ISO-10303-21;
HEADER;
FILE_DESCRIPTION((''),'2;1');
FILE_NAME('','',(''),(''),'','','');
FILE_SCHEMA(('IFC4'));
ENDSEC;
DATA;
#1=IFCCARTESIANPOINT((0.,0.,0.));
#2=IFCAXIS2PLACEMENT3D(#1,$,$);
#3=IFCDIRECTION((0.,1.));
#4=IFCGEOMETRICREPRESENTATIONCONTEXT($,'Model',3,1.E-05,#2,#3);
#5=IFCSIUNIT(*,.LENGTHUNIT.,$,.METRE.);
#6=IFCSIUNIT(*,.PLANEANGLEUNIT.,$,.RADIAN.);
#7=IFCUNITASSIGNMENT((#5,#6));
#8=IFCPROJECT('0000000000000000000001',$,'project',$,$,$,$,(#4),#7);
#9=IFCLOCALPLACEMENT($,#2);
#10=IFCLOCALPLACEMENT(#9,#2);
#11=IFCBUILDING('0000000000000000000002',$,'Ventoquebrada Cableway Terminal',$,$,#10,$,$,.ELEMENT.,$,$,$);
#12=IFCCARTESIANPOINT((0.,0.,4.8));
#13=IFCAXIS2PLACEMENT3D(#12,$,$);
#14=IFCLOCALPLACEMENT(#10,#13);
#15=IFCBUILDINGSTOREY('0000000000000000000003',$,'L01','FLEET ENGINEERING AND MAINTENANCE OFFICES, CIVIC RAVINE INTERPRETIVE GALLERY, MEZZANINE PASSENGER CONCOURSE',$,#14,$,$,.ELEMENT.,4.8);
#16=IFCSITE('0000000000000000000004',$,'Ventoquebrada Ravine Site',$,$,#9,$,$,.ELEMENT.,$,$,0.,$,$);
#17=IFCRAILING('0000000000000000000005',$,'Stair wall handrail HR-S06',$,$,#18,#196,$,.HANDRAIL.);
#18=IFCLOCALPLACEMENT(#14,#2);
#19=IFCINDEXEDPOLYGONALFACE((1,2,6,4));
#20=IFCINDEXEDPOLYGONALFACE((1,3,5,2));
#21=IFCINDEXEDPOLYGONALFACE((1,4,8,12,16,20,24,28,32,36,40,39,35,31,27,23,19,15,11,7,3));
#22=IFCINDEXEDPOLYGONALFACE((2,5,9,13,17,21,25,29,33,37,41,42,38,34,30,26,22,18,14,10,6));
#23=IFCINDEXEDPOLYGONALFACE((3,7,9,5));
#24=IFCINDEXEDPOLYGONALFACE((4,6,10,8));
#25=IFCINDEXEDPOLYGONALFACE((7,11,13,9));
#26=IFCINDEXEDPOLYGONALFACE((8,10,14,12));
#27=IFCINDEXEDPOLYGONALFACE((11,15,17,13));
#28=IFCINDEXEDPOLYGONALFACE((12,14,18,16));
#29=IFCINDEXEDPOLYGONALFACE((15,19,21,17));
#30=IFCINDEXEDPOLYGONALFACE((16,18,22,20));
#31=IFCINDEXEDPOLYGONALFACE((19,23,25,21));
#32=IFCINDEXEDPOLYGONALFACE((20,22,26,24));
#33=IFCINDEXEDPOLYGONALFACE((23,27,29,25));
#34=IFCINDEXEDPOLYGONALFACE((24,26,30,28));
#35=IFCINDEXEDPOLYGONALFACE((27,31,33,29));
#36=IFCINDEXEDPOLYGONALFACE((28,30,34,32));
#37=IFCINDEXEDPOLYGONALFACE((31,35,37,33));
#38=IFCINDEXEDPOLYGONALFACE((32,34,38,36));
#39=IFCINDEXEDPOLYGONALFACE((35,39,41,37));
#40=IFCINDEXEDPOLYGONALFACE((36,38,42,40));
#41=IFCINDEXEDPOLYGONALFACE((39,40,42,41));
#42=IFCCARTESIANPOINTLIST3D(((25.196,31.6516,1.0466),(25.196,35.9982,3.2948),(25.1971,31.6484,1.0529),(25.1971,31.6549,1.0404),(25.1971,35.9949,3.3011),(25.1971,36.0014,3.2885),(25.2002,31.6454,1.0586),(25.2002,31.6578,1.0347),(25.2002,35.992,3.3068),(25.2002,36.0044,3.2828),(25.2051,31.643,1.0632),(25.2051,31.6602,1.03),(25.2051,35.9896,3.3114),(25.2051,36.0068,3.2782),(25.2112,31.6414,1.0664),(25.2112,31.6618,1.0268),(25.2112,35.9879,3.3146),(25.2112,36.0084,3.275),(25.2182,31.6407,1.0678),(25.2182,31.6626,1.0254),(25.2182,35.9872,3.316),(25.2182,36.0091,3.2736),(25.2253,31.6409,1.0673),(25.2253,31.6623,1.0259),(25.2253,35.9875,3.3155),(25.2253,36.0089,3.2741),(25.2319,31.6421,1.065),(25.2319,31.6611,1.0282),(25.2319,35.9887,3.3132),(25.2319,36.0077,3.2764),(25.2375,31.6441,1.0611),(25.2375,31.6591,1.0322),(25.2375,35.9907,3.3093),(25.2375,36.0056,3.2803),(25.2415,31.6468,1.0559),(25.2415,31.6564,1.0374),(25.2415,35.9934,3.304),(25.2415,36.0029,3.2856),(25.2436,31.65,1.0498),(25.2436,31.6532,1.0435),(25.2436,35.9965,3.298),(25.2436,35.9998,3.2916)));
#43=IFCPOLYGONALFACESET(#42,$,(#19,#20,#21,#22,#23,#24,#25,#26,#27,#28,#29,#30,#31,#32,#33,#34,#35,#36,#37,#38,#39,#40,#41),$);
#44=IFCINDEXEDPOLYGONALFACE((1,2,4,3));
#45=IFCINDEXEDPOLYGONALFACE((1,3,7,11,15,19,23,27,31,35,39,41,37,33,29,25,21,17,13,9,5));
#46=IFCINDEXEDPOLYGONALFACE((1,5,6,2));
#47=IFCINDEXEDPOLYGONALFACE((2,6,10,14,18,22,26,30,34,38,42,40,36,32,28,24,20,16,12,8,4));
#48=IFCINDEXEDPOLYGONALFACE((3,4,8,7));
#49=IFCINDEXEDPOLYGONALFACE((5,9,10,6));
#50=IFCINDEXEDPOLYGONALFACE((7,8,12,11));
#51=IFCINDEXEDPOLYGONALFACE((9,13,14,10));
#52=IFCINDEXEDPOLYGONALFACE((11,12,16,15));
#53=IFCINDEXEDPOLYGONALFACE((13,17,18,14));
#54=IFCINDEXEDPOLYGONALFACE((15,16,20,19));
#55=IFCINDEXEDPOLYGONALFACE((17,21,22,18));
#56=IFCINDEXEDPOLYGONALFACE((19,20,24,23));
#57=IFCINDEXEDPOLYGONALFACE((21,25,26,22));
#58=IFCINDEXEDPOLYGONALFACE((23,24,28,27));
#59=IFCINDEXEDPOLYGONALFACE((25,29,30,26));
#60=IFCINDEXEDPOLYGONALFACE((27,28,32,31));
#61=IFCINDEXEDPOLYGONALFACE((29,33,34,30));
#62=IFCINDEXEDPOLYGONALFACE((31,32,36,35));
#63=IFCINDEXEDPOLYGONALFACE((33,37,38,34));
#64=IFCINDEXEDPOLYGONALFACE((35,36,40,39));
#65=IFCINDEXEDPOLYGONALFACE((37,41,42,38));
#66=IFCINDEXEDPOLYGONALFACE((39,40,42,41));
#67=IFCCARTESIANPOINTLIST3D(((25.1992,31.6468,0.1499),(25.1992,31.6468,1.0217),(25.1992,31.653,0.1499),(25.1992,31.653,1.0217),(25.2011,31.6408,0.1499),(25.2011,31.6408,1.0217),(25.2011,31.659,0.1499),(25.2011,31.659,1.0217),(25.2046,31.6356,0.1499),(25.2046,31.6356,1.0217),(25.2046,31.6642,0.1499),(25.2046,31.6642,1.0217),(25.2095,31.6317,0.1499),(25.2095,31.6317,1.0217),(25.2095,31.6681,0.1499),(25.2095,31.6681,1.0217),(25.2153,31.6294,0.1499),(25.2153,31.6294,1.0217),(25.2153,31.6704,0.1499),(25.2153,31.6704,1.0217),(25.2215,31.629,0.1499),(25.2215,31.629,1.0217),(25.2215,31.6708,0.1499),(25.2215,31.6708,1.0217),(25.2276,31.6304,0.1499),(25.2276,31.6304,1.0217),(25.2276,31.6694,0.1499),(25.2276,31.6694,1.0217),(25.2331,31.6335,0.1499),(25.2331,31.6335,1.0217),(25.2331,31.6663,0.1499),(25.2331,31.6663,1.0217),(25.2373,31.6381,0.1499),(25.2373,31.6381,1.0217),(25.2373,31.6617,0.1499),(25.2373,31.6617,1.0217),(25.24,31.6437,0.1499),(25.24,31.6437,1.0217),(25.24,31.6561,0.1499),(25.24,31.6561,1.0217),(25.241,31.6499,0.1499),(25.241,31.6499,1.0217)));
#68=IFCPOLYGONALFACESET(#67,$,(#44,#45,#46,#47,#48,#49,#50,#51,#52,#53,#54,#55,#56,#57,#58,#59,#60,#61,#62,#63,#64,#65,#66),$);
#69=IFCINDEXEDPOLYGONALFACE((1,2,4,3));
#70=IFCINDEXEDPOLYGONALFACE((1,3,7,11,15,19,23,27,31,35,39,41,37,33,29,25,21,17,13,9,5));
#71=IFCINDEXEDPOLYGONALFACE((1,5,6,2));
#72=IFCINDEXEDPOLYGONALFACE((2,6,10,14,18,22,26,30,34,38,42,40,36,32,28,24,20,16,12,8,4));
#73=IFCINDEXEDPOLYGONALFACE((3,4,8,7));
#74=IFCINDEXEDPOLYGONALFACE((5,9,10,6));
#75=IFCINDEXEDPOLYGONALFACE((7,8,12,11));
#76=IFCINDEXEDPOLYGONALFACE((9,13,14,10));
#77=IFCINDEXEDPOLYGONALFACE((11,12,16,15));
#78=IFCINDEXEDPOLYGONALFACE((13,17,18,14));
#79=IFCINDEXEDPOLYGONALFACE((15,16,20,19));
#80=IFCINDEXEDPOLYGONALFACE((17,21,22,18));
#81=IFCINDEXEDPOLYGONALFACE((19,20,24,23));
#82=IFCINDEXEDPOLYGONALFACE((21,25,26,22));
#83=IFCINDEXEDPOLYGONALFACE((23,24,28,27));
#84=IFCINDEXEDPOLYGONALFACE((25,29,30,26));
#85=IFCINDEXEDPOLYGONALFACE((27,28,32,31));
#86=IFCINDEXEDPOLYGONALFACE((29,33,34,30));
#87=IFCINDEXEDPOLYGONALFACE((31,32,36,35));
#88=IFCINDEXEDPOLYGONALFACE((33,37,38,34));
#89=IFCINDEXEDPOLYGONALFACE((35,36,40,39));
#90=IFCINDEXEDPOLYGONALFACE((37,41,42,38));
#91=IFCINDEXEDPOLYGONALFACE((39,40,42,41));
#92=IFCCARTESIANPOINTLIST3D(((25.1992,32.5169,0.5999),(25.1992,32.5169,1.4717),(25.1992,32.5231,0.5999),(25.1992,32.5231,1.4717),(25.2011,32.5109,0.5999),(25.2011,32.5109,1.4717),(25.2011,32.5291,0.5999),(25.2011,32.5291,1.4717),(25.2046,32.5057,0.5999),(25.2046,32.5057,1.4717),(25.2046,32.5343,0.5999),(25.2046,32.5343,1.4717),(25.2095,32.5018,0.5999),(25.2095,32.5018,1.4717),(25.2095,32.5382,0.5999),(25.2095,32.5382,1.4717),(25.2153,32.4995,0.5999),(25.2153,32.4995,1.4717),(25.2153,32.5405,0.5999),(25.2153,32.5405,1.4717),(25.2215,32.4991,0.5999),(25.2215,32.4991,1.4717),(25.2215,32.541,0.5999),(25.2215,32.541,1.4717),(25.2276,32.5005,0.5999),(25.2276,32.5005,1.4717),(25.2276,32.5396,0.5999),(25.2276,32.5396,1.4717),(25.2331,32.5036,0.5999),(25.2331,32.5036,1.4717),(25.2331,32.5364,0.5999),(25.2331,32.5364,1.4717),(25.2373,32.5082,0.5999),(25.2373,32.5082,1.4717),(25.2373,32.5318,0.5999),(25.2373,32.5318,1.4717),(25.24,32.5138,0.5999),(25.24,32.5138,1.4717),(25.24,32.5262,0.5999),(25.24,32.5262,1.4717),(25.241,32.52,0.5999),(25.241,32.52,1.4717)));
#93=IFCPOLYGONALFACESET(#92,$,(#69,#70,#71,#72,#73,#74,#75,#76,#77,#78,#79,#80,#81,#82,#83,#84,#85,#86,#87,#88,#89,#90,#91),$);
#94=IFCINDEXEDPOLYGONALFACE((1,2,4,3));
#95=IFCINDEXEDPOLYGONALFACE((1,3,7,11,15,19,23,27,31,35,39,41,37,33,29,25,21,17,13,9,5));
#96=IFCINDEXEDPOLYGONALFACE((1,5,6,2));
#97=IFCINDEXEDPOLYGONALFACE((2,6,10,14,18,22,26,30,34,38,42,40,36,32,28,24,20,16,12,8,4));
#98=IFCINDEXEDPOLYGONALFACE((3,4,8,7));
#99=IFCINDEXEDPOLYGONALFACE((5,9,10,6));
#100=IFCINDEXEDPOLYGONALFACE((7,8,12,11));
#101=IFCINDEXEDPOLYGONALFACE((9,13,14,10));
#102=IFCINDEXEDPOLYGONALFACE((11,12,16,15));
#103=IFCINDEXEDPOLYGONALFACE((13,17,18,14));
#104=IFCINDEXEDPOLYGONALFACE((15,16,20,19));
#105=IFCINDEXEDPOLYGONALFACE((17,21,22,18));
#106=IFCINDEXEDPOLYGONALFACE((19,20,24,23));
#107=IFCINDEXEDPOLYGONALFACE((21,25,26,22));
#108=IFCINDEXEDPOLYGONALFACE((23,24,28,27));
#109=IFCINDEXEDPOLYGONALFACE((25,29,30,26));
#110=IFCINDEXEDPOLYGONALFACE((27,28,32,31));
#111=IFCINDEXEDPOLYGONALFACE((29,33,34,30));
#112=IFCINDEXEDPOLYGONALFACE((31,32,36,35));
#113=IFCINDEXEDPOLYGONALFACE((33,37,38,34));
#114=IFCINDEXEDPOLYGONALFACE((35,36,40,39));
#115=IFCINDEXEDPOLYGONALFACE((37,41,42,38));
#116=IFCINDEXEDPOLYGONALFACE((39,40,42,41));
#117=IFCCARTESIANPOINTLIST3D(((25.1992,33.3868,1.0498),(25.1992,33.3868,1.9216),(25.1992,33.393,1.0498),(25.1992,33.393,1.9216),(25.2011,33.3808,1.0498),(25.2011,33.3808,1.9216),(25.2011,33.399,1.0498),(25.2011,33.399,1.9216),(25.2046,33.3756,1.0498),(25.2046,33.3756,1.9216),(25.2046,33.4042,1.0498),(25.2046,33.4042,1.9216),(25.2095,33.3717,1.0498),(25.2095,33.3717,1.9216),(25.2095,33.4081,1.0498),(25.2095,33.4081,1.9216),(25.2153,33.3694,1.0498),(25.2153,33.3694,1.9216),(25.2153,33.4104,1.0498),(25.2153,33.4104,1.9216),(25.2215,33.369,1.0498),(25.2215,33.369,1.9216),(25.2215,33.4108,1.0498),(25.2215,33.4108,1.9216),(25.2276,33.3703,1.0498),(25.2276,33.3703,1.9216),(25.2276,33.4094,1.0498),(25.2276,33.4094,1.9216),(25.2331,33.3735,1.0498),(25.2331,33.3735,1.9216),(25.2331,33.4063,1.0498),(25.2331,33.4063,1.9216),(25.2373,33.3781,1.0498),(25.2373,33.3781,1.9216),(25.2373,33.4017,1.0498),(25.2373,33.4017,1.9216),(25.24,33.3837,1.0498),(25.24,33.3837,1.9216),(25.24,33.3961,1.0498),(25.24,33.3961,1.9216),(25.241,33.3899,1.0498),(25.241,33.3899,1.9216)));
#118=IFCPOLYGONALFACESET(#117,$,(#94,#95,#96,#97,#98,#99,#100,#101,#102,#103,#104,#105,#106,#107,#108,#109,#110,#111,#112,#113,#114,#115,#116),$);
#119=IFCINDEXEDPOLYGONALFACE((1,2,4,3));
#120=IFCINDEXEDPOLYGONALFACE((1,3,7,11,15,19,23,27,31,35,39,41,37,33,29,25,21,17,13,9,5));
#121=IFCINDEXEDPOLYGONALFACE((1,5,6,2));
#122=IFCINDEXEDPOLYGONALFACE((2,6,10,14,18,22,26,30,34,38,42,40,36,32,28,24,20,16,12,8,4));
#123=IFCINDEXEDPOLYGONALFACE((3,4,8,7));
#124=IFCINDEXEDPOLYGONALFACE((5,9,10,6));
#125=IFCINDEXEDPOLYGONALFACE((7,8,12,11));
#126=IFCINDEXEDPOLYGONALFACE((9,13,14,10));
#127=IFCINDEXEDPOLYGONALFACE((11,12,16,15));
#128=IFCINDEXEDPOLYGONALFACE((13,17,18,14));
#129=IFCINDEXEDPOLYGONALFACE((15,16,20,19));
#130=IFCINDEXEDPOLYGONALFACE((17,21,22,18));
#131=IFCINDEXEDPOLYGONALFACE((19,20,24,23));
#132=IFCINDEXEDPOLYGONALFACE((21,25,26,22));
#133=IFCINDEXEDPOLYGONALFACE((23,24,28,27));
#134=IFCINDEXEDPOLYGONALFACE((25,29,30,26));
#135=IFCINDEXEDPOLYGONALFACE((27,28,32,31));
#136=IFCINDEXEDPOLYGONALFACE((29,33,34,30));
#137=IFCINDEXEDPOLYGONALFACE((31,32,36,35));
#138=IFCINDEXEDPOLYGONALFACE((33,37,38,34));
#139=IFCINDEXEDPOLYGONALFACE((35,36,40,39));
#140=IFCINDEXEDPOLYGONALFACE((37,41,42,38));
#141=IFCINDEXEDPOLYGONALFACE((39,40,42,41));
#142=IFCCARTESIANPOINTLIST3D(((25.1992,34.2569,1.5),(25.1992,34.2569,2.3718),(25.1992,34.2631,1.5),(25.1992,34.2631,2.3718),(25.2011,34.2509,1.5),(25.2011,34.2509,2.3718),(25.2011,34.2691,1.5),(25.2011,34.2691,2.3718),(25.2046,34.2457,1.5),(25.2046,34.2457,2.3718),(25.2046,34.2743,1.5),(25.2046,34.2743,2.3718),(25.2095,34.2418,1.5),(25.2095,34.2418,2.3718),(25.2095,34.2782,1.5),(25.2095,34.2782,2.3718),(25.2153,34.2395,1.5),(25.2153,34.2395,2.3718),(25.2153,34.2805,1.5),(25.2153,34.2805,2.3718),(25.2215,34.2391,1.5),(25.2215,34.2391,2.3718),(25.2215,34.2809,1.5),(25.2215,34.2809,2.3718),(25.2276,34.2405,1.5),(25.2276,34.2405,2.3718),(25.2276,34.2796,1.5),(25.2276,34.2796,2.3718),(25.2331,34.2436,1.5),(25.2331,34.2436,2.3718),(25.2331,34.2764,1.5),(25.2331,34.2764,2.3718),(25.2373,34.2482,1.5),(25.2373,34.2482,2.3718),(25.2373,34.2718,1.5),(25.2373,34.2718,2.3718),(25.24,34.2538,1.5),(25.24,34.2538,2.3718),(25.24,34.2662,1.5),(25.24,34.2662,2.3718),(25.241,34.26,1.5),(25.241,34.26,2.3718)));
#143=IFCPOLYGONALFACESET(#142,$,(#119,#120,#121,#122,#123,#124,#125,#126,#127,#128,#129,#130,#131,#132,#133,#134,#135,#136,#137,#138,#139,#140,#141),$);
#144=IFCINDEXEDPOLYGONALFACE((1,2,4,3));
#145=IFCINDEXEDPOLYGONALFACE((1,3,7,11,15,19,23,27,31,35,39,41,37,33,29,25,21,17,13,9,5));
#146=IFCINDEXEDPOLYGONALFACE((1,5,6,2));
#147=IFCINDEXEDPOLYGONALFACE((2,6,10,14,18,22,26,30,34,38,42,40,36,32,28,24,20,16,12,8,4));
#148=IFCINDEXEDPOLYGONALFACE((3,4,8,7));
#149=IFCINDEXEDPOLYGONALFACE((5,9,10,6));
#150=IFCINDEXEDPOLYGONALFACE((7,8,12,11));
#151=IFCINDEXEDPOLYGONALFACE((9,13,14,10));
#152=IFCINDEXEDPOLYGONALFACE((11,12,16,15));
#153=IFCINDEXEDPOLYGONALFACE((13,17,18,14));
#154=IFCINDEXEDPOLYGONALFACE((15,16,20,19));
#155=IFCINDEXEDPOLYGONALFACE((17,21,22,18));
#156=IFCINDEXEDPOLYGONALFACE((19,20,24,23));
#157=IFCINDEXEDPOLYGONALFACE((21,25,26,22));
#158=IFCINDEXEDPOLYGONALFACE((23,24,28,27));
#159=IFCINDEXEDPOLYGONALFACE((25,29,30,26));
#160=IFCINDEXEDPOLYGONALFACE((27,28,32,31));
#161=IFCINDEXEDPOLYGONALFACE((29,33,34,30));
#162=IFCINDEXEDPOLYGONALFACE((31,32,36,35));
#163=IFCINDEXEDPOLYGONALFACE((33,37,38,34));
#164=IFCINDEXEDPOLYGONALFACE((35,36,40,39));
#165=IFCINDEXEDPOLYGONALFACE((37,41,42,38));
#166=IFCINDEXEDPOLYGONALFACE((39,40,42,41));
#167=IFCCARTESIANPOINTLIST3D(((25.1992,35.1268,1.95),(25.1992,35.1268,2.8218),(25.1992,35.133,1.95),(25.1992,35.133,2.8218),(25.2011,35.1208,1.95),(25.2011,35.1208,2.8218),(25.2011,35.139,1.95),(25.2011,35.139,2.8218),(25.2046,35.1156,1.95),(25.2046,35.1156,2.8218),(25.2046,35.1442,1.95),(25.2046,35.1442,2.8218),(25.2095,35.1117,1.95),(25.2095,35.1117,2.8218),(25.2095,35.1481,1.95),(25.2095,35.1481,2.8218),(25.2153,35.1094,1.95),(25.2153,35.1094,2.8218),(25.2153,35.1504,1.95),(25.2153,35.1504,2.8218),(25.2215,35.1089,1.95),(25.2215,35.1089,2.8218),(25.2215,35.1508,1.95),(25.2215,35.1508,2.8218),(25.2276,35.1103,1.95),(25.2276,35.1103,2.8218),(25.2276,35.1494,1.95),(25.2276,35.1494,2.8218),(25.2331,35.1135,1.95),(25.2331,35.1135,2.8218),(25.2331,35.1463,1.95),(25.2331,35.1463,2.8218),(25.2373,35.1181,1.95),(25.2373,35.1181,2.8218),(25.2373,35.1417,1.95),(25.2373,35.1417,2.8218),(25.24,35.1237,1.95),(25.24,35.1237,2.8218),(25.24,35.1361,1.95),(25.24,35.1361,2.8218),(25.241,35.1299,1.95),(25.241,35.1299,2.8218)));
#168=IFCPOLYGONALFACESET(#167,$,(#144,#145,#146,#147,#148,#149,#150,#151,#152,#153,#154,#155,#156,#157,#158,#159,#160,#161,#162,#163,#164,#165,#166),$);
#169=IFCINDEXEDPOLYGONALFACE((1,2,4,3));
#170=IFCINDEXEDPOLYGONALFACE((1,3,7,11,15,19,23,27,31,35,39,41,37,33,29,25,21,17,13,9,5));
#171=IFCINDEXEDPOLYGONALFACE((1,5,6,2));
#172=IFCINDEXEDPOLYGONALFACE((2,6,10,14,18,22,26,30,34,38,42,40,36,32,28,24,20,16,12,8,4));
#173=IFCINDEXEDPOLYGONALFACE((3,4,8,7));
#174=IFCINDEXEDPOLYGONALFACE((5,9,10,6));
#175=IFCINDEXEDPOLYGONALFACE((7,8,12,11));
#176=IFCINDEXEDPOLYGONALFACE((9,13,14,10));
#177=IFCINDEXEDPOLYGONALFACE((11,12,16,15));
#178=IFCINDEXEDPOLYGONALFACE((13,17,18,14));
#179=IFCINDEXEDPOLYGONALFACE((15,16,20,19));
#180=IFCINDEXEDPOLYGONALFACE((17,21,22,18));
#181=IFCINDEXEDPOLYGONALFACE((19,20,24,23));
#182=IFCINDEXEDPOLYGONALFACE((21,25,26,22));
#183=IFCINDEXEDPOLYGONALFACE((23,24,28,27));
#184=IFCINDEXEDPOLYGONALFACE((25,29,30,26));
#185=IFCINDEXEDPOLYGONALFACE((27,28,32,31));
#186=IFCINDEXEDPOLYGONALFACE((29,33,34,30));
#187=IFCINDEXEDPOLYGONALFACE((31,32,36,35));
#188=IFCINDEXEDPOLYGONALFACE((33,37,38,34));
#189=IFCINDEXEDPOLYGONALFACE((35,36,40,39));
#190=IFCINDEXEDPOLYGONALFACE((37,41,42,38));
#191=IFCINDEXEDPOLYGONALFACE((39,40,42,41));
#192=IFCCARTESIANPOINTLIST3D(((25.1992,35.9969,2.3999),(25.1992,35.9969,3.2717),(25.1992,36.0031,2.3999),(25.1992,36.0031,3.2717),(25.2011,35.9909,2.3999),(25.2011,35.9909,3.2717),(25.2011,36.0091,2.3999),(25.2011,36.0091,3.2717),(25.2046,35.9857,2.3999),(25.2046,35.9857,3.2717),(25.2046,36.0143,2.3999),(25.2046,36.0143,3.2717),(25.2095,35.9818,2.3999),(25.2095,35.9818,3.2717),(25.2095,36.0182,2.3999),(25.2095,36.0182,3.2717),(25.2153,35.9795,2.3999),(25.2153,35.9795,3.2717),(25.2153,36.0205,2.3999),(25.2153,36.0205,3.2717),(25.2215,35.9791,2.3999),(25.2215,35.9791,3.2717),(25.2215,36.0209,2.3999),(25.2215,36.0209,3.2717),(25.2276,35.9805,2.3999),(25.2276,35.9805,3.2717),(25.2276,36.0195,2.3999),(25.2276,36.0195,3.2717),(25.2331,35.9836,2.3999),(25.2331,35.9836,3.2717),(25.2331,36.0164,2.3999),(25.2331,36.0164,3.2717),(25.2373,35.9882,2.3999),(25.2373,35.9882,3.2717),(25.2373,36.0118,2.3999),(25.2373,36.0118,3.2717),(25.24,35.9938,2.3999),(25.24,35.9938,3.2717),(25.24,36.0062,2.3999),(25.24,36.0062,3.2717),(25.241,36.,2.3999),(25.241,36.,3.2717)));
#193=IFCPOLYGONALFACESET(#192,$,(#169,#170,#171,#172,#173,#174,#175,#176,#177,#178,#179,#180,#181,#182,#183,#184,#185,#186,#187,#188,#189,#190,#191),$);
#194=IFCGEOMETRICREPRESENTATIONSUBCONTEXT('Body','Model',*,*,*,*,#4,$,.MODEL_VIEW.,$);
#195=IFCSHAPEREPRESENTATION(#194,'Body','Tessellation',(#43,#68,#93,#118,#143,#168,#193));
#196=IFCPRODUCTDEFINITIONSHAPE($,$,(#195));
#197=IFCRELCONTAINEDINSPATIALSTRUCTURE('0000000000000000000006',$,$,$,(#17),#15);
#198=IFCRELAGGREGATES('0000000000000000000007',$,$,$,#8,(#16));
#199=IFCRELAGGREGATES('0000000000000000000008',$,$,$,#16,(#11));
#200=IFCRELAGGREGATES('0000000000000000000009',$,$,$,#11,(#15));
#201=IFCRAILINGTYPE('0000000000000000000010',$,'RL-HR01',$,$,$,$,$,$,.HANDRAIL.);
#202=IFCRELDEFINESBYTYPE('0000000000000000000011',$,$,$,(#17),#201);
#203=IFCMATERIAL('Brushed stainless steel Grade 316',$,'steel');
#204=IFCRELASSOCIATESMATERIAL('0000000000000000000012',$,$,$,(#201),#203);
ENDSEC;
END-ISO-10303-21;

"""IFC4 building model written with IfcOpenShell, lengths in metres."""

from ifc_helpers import new_model, si_unit, direction, frame, origin, origin_2d, place, context, subcontext, project, spatial, circle, extrude, material, type_object, element, save


model = new_model("IFC4")

# Units and contexts
model_context = context("Model", 3, precision=1e-05, world=origin(), true_north=direction((0.0, 1.0)))
body_context = subcontext(model_context, "Body", "Model", "MODEL_VIEW")
ifc_project = project(units=[si_unit("LENGTHUNIT", "METRE"), si_unit("PLANEANGLEUNIT", "RADIAN")], contexts=[model_context])

# Site, building, storey
site_placement = place(None, origin())
site = spatial("IfcSite", under=ifc_project, at=site_placement, Name="Ventoquebrada Ravine Site", CompositionType="ELEMENT", RefElevation=0.0)
building_placement = place(site_placement, origin())
building = spatial("IfcBuilding", under=site, at=building_placement, Name="Ventoquebrada Cableway Terminal", CompositionType="ELEMENT")
storey_placement = place(building_placement, frame((0.0, 0.0, 4.8)))
storey = spatial("IfcBuildingStorey", under=building, at=storey_placement, Name="L01", Description="FLEET ENGINEERING AND MAINTENANCE OFFICES, CIVIC RAVINE INTERPRETIVE GALLERY, MEZZANINE PASSENGER CONCOURSE", CompositionType="ELEMENT", Elevation=4.8)

# Railing
ifc_material_1 = material(Name="Brushed stainless steel Grade 316", Category="steel")
railing_type_1 = type_object("IfcRailingType", Name="RL-HR01", PredefinedType="HANDRAIL", material=ifc_material_1)
railing_1_placement = place(storey_placement, frame((25.22, 31.6499, 0.1499)))
element("IfcRailing", 1, at=railing_1_placement, inside=storey, type_object=railing_type_1, Name="Stair wall handrail HR-S06", PredefinedType="HANDRAIL", context=body_context, shape_type="SweptSolid", body=[
    extrude(circle(Radius=0.0239, at=origin_2d()), frame((0.0, 0.0017, 0.8967), z_axis=(0.0, 0.888222, 0.459415), x_axis=(-1.0, 0.0, 0.0)), (0.0, 0.0, 1.0), 4.8936),
    extrude(circle(Radius=0.021, at=origin_2d()), origin(), (0.0, 0.0, 1.0), 0.8718),
    extrude(circle(Radius=0.021, at=origin_2d()), frame((0.0, 0.8701, 0.45)), (0.0, 0.0, 1.0), 0.8718),
    extrude(circle(Radius=0.021, at=origin_2d()), frame((0.0, 1.74, 0.8999)), (0.0, 0.0, 1.0), 0.8718),
    extrude(circle(Radius=0.021, at=origin_2d()), frame((0.0, 2.6101, 1.3501)), (0.0, 0.0, 1.0), 0.8718),
    extrude(circle(Radius=0.021, at=origin_2d()), frame((0.0, 3.48, 1.8)), (0.0, 0.0, 1.0), 0.8718),
    extrude(circle(Radius=0.021, at=origin_2d()), frame((0.0, 4.3501, 2.25)), (0.0, 0.0, 1.0), 0.8718),
])

save(model, "model.ifc")
